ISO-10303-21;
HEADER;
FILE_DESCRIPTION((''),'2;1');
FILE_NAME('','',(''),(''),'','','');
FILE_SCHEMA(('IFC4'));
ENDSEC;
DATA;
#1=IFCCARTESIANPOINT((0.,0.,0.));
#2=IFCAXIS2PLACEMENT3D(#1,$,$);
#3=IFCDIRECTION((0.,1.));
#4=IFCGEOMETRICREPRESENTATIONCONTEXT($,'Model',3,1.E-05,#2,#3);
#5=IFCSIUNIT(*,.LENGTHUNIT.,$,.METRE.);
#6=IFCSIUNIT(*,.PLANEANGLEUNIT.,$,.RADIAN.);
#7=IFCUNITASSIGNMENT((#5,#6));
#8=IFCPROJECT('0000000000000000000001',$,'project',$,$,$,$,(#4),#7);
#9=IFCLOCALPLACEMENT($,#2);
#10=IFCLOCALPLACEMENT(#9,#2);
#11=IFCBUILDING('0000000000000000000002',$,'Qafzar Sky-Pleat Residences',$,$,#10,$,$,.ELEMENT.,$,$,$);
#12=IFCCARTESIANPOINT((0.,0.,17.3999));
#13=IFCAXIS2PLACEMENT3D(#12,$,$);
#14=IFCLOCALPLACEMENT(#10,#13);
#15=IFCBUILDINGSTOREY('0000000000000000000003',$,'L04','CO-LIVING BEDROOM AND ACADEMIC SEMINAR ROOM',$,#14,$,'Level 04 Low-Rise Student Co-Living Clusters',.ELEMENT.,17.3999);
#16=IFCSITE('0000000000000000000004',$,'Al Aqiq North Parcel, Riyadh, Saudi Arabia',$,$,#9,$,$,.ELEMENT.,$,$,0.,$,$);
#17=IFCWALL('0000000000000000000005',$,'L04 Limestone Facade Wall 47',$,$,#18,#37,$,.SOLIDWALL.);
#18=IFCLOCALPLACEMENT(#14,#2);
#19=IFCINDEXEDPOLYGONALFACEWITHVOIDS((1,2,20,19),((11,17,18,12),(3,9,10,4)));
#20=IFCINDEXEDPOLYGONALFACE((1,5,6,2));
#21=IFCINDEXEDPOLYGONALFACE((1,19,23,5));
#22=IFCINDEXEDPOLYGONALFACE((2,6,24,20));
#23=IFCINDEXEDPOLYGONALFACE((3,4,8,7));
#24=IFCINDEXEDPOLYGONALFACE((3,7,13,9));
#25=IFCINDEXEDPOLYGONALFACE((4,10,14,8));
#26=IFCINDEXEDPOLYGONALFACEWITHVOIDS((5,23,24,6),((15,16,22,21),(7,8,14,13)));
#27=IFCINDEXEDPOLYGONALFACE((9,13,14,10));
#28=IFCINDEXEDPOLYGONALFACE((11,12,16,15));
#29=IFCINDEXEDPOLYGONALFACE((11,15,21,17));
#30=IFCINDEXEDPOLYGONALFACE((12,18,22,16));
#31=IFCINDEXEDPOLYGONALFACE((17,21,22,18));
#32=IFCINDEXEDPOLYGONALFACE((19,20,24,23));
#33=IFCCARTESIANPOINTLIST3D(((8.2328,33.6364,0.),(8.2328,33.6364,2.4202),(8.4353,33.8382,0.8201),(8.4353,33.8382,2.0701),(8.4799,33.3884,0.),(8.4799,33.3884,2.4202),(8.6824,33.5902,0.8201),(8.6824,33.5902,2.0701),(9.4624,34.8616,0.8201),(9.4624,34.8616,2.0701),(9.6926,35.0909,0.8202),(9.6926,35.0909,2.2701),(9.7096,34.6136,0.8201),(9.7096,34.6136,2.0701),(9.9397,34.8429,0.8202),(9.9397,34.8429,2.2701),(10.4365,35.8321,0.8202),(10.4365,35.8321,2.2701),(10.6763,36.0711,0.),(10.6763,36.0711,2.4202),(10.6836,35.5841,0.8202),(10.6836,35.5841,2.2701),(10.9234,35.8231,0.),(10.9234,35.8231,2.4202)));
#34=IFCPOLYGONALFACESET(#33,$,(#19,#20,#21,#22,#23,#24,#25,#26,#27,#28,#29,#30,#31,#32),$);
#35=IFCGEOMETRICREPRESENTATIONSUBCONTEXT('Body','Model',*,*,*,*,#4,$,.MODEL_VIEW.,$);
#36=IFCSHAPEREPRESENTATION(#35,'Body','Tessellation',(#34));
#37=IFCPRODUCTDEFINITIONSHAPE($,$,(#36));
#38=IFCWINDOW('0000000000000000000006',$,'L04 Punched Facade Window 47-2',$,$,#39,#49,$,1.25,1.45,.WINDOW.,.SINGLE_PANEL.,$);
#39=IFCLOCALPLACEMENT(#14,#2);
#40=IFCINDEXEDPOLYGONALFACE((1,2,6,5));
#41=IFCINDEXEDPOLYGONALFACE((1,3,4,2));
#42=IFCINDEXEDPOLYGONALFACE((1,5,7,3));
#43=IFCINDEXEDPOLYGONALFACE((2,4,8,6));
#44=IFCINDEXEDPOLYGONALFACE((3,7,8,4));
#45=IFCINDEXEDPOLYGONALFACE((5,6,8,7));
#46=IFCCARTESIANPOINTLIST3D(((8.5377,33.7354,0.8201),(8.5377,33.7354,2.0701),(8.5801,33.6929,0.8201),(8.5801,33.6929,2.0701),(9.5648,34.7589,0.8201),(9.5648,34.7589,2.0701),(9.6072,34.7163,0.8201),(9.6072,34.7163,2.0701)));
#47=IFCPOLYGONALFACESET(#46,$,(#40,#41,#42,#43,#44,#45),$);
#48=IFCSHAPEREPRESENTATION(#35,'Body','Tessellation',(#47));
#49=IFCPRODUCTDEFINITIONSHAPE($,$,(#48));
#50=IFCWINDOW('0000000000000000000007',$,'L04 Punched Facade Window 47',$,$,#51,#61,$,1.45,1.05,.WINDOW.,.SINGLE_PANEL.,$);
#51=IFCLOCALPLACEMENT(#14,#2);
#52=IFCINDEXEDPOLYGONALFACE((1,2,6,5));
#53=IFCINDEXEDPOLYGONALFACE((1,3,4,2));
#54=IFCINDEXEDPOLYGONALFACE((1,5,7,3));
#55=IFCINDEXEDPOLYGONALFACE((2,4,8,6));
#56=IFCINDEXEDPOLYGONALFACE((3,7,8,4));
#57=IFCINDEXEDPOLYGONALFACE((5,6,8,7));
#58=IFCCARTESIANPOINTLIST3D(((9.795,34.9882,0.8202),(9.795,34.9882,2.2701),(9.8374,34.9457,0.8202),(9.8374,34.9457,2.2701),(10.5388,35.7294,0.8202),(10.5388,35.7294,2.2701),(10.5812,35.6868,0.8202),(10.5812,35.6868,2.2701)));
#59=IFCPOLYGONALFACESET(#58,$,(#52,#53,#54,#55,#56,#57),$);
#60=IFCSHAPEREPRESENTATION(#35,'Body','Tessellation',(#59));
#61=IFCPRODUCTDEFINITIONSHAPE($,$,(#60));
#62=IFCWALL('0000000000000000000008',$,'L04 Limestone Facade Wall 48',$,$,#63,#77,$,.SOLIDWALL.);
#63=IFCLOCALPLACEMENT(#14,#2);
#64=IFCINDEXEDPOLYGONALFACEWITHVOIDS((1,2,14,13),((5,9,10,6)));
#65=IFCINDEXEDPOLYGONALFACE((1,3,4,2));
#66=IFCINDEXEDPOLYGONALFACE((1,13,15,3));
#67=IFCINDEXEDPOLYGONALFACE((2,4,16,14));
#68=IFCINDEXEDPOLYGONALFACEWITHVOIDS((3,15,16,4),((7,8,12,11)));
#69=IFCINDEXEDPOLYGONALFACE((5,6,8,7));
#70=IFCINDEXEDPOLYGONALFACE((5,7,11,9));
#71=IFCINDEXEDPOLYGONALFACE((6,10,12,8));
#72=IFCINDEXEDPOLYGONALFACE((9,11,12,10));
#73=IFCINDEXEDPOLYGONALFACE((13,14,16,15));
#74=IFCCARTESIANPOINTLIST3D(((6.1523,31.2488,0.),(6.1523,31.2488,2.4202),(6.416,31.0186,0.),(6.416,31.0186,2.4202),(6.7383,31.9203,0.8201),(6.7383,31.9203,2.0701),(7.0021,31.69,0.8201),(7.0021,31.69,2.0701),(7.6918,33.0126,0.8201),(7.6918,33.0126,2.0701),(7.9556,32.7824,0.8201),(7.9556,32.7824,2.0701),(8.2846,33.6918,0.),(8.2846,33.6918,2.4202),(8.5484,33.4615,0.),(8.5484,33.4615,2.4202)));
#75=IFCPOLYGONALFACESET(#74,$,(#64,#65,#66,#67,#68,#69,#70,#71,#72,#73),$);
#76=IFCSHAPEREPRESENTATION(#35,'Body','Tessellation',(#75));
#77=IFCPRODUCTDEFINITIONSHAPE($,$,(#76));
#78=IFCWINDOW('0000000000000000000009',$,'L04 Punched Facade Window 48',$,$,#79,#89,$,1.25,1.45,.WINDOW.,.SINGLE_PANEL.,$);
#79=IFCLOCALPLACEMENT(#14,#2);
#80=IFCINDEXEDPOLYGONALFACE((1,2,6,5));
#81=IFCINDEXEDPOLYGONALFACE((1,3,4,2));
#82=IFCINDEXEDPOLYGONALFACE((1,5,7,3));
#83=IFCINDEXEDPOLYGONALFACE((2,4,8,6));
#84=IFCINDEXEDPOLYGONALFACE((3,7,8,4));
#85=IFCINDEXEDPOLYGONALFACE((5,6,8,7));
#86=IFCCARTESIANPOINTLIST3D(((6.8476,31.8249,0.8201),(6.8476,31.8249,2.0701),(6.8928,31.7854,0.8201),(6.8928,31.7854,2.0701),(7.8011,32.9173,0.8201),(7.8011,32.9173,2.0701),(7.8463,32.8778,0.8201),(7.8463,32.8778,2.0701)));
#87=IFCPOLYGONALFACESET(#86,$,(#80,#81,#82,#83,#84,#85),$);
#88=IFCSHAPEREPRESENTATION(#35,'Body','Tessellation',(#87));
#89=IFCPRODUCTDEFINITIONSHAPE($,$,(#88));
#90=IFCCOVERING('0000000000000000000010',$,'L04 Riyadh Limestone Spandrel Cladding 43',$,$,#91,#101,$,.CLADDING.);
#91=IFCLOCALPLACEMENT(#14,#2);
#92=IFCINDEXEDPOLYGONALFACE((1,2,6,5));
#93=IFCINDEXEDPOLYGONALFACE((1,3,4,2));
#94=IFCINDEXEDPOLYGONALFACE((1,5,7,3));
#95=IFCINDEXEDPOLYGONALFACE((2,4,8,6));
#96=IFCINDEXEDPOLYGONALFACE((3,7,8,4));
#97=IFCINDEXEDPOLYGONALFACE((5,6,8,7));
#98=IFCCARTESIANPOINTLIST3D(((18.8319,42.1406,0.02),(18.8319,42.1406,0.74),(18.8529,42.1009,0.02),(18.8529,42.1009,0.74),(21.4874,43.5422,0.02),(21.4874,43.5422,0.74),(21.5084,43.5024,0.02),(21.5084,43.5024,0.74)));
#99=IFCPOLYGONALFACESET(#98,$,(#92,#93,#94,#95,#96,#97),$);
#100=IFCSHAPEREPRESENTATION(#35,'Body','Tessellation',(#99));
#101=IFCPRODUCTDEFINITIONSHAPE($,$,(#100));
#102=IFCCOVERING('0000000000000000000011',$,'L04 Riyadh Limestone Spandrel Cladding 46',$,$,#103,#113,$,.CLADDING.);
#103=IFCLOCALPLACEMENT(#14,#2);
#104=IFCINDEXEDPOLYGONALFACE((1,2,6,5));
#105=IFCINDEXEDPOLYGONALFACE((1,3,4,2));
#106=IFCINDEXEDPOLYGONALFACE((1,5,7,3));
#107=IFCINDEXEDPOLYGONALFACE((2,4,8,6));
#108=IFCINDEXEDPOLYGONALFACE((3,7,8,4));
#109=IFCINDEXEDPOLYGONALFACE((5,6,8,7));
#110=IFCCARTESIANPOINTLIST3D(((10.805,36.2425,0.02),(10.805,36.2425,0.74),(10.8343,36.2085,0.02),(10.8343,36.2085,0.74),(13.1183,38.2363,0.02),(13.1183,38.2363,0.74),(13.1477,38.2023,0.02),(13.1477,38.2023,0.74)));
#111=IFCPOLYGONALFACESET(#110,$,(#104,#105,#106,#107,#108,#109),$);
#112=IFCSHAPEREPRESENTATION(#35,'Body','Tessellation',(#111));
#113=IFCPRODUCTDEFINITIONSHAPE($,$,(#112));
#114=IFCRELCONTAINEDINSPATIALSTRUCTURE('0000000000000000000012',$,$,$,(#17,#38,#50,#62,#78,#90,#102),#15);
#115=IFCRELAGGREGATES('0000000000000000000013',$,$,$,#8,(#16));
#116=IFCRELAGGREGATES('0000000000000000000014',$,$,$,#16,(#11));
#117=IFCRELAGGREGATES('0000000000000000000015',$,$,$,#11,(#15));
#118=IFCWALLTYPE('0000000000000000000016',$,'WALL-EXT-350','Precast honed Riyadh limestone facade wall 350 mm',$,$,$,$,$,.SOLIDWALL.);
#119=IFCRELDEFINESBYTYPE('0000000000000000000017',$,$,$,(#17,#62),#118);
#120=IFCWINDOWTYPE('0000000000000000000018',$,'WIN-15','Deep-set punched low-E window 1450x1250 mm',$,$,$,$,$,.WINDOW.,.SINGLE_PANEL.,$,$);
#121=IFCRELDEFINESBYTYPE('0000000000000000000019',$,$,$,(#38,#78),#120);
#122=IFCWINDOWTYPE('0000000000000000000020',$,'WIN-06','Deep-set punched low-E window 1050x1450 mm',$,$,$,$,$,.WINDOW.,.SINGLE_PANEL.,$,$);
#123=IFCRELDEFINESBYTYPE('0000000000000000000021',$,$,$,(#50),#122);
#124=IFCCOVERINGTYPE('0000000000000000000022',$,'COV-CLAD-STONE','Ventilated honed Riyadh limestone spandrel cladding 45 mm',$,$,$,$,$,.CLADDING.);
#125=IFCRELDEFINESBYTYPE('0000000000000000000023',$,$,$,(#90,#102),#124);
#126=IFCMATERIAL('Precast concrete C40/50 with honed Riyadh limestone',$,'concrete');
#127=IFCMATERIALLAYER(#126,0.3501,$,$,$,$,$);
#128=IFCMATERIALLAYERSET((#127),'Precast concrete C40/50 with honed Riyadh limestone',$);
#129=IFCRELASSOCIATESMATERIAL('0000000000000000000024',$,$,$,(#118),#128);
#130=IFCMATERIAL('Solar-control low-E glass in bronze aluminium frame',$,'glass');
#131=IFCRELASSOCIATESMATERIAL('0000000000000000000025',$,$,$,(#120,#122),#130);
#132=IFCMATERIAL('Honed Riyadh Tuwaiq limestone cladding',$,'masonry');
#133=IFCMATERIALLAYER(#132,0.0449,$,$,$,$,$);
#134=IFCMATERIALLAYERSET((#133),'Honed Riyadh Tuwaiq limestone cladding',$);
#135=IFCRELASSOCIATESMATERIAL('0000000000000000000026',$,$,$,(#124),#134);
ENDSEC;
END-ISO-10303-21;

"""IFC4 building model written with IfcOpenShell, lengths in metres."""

from ifc_helpers import new_model, si_unit, direction, frame, frame_2d, origin, origin_2d, place, context, subcontext, project, spatial, rectangle, extrude, source, transform, mapped, material, layer, layer_set, type_object, element, fill, save


model = new_model("IFC4")

# Units and contexts
model_context = context("Model", 3, precision=1e-05, world=origin(), true_north=direction((0.0, 1.0)))
body_context = subcontext(model_context, "Body", "Model", "MODEL_VIEW")
ifc_project = project(units=[si_unit("LENGTHUNIT", "METRE"), si_unit("PLANEANGLEUNIT", "RADIAN")], contexts=[model_context])

# Site, building, storey
site_placement = place(None, origin())
site = spatial("IfcSite", under=ifc_project, at=site_placement, Name="Al Aqiq North Parcel, Riyadh, Saudi Arabia", CompositionType="ELEMENT", RefElevation=0.0)
building_placement = place(site_placement, origin())
building = spatial("IfcBuilding", under=site, at=building_placement, Name="Qafzar Sky-Pleat Residences", CompositionType="ELEMENT")
storey_placement = place(building_placement, frame((0.0, 0.0, 17.3999)))
storey = spatial("IfcBuildingStorey", under=building, at=storey_placement, Name="L04", Description="CO-LIVING BEDROOM AND ACADEMIC SEMINAR ROOM", LongName="Level 04 Low-Rise Student Co-Living Clusters", CompositionType="ELEMENT", Elevation=17.3999)

# Shared definitions
ifc_material_1 = material(Name="Precast concrete C40/50 with honed Riyadh limestone", Category="concrete")
ifc_layer_1 = layer(ifc_material_1, 0.3501)
ifc_layer_set_1 = layer_set([ifc_layer_1], Name="Precast concrete C40/50 with honed Riyadh limestone")
wall_type_1 = type_object("IfcWallType", Name="WALL-EXT-350", Description="Precast honed Riyadh limestone facade wall 350 mm", PredefinedType="SOLIDWALL", material=ifc_layer_set_1)
ifc_material_2 = material(Name="Solar-control low-E glass in bronze aluminium frame", Category="glass")
window_type_1 = type_object("IfcWindowType", Name="WIN-15", Description="Deep-set punched low-E window 1450x1250 mm", PartitioningType="SINGLE_PANEL", PredefinedType="WINDOW", material=ifc_material_2)
shared_shape_1 = source(origin(), body_context, "Body", "SweptSolid", [
    extrude(rectangle(XDim=1.45, YDim=1.25, at=frame_2d((0.7251, 0.625))), frame((0.0, 0.03, 0.0), z_axis=(0.0, -1.0, 0.0), x_axis=(1.0, 0.0, 0.0)), (0.0, 0.0, 1.0), 0.0601),
])

# Wall, openings, windows
wall_1_placement = place(storey_placement, frame((10.7998, 35.947, 0.0), z_axis=(0.0, 0.0, 1.0), x_axis=(-0.70838, -0.705832, 0.0)))
wall_1 = element("IfcWall", 1, at=wall_1_placement, inside=storey, type_object=wall_type_1, Name="L04 Limestone Facade Wall 47", PredefinedType="SOLIDWALL", context=body_context, shape_type="SweptSolid", body=[
    extrude(rectangle(XDim=3.4495, YDim=0.3501, at=frame_2d((1.7246, 0.0))), origin(), (0.0, 0.0, 1.0), 2.4202),
])
opening_1_placement = place(wall_1_placement, frame((0.3386, 0.0, 0.8201)))
opening_1 = element("IfcOpeningElement", 2, at=opening_1_placement, cuts=wall_1, PredefinedType="OPENING", context=body_context, shape_type="SweptSolid", body=[
    extrude(rectangle(XDim=1.05, YDim=1.45, at=frame_2d((0.5249, 0.7251))), frame((0.0, 0.1851, 0.0), z_axis=(0.0, -1.0, 0.0), x_axis=(1.0, 0.0, 0.0)), (0.0, 0.0, 1.0), 0.3701),
])
opening_2_placement = place(wall_1_placement, frame((1.7134, 0.0, 0.8201)))
opening_2 = element("IfcOpeningElement", 3, at=opening_2_placement, cuts=wall_1, PredefinedType="OPENING", context=body_context, shape_type="SweptSolid", body=[
    extrude(rectangle(XDim=1.45, YDim=1.25, at=frame_2d((0.7251, 0.625))), frame((0.0, 0.1851, 0.0), z_axis=(0.0, -1.0, 0.0), x_axis=(1.0, 0.0, 0.0)), (0.0, 0.0, 1.0), 0.3701),
])
window_1_placement = place(opening_2_placement, origin())
window_1 = element("IfcWindow", 4, at=window_1_placement, inside=storey, type_object=window_type_1, Name="L04 Punched Facade Window 47-2", OverallHeight=1.25, OverallWidth=1.45, PartitioningType="SINGLE_PANEL", PredefinedType="WINDOW", context=body_context, shape_type="MappedRepresentation", body=[
    mapped(shared_shape_1, transform((0.0, 0.0, 0.0), x_axis=(1.0, 0.0, 0.0), y_axis=(0.0, 1.0, 0.0), z_axis=(0.0, 0.0, 1.0), scale=1.0)),
])
fill(opening_2, window_1)
window_type_2 = type_object("IfcWindowType", Name="WIN-06", Description="Deep-set punched low-E window 1050x1450 mm", PartitioningType="SINGLE_PANEL", PredefinedType="WINDOW", material=ifc_material_2)
shared_shape_2 = source(origin(), body_context, "Body", "SweptSolid", [
    extrude(rectangle(XDim=1.05, YDim=1.45, at=frame_2d((0.5249, 0.7251))), frame((0.0, 0.03, 0.0), z_axis=(0.0, -1.0, 0.0), x_axis=(1.0, 0.0, 0.0)), (0.0, 0.0, 1.0), 0.0601),
])
window_2_placement = place(opening_1_placement, origin())
window_2 = element("IfcWindow", 5, at=window_2_placement, inside=storey, type_object=window_type_2, Name="L04 Punched Facade Window 47", OverallHeight=1.45, OverallWidth=1.05, PartitioningType="SINGLE_PANEL", PredefinedType="WINDOW", context=body_context, shape_type="MappedRepresentation", body=[
    mapped(shared_shape_2, transform((0.0, 0.0, 0.0), x_axis=(1.0, 0.0, 0.0), y_axis=(0.0, 1.0, 0.0), z_axis=(0.0, 0.0, 1.0), scale=1.0)),
])
fill(opening_1, window_2)

# Wall, opening, window
wall_2_placement = place(storey_placement, frame((8.4165, 33.5767, 0.0), z_axis=(0.0, 0.0, 1.0), x_axis=(-0.657598, -0.753369, 0.0)))
wall_2 = element("IfcWall", 6, at=wall_2_placement, inside=storey, type_object=wall_type_1, Name="L04 Limestone Facade Wall 48", PredefinedType="SOLIDWALL", context=body_context, shape_type="SweptSolid", body=[
    extrude(rectangle(XDim=3.2427, YDim=0.3501, at=frame_2d((1.6213, 0.0))), origin(), (0.0, 0.0, 1.0), 2.4202),
])
opening_3_placement = place(wall_2_placement, frame((0.9014, 0.0, 0.8201)))
opening_3 = element("IfcOpeningElement", 7, at=opening_3_placement, cuts=wall_2, PredefinedType="OPENING", context=body_context, shape_type="SweptSolid", body=[
    extrude(rectangle(XDim=1.45, YDim=1.25, at=frame_2d((0.7251, 0.625))), frame((0.0, 0.1851, 0.0), z_axis=(0.0, -1.0, 0.0), x_axis=(1.0, 0.0, 0.0)), (0.0, 0.0, 1.0), 0.3701),
])
window_3_placement = place(opening_3_placement, origin())
window_3 = element("IfcWindow", 8, at=window_3_placement, inside=storey, type_object=window_type_1, Name="L04 Punched Facade Window 48", OverallHeight=1.25, OverallWidth=1.45, PartitioningType="SINGLE_PANEL", PredefinedType="WINDOW", context=body_context, shape_type="MappedRepresentation", body=[
    mapped(shared_shape_1, transform((0.0, 0.0, 0.0), x_axis=(1.0, 0.0, 0.0), y_axis=(0.0, 1.0, 0.0), z_axis=(0.0, 0.0, 1.0), scale=1.0)),
])
fill(opening_3, window_3)

# Coverings
ifc_material_3 = material(Name="Honed Riyadh Tuwaiq limestone cladding", Category="masonry")
ifc_layer_2 = layer(ifc_material_3, 0.0449)
ifc_layer_set_2 = layer_set([ifc_layer_2], Name="Honed Riyadh Tuwaiq limestone cladding")
covering_type = type_object("IfcCoveringType", Name="COV-CLAD-STONE", Description="Ventilated honed Riyadh limestone spandrel cladding 45 mm", PredefinedType="CLADDING", material=ifc_layer_set_2)
shared_shape_3 = source(origin(), body_context, "Body", "SweptSolid", [
    extrude(rectangle(XDim=3.0027, YDim=0.0449, at=origin_2d()), origin(), (0.0, 0.0, 1.0), 0.72),
])
covering_1_placement = place(storey_placement, frame((20.1702, 42.8215, 0.02), z_axis=(0.0, 0.0, 1.0), x_axis=(-0.884386, -0.466755, 0.0)))
element("IfcCovering", 9, at=covering_1_placement, inside=storey, type_object=covering_type, Name="L04 Riyadh Limestone Spandrel Cladding 43", PredefinedType="CLADDING", context=body_context, shape_type="MappedRepresentation", body=[
    mapped(shared_shape_3, transform((0.0, 0.0, 0.0), x_axis=(1.0, 0.0, 0.0), y_axis=(0.0, 1.0, 0.0), z_axis=(0.0, 0.0, 1.0), scale=1.0)),
])
shared_shape_4 = source(origin(), body_context, "Body", "SweptSolid", [
    extrude(rectangle(XDim=3.054, YDim=0.0449, at=origin_2d()), origin(), (0.0, 0.0, 1.0), 0.72),
])
covering_2_placement = place(storey_placement, frame((11.9763, 37.2224, 0.02), z_axis=(0.0, 0.0, 1.0), x_axis=(-0.757492, -0.652845, 0.0)))
element("IfcCovering", 10, at=covering_2_placement, inside=storey, type_object=covering_type, Name="L04 Riyadh Limestone Spandrel Cladding 46", PredefinedType="CLADDING", context=body_context, shape_type="MappedRepresentation", body=[
    mapped(shared_shape_4, transform((0.0, 0.0, 0.0), x_axis=(1.0, 0.0, 0.0), y_axis=(0.0, 1.0, 0.0), z_axis=(0.0, 0.0, 1.0), scale=1.0)),
])

save(model, "model.ifc")
